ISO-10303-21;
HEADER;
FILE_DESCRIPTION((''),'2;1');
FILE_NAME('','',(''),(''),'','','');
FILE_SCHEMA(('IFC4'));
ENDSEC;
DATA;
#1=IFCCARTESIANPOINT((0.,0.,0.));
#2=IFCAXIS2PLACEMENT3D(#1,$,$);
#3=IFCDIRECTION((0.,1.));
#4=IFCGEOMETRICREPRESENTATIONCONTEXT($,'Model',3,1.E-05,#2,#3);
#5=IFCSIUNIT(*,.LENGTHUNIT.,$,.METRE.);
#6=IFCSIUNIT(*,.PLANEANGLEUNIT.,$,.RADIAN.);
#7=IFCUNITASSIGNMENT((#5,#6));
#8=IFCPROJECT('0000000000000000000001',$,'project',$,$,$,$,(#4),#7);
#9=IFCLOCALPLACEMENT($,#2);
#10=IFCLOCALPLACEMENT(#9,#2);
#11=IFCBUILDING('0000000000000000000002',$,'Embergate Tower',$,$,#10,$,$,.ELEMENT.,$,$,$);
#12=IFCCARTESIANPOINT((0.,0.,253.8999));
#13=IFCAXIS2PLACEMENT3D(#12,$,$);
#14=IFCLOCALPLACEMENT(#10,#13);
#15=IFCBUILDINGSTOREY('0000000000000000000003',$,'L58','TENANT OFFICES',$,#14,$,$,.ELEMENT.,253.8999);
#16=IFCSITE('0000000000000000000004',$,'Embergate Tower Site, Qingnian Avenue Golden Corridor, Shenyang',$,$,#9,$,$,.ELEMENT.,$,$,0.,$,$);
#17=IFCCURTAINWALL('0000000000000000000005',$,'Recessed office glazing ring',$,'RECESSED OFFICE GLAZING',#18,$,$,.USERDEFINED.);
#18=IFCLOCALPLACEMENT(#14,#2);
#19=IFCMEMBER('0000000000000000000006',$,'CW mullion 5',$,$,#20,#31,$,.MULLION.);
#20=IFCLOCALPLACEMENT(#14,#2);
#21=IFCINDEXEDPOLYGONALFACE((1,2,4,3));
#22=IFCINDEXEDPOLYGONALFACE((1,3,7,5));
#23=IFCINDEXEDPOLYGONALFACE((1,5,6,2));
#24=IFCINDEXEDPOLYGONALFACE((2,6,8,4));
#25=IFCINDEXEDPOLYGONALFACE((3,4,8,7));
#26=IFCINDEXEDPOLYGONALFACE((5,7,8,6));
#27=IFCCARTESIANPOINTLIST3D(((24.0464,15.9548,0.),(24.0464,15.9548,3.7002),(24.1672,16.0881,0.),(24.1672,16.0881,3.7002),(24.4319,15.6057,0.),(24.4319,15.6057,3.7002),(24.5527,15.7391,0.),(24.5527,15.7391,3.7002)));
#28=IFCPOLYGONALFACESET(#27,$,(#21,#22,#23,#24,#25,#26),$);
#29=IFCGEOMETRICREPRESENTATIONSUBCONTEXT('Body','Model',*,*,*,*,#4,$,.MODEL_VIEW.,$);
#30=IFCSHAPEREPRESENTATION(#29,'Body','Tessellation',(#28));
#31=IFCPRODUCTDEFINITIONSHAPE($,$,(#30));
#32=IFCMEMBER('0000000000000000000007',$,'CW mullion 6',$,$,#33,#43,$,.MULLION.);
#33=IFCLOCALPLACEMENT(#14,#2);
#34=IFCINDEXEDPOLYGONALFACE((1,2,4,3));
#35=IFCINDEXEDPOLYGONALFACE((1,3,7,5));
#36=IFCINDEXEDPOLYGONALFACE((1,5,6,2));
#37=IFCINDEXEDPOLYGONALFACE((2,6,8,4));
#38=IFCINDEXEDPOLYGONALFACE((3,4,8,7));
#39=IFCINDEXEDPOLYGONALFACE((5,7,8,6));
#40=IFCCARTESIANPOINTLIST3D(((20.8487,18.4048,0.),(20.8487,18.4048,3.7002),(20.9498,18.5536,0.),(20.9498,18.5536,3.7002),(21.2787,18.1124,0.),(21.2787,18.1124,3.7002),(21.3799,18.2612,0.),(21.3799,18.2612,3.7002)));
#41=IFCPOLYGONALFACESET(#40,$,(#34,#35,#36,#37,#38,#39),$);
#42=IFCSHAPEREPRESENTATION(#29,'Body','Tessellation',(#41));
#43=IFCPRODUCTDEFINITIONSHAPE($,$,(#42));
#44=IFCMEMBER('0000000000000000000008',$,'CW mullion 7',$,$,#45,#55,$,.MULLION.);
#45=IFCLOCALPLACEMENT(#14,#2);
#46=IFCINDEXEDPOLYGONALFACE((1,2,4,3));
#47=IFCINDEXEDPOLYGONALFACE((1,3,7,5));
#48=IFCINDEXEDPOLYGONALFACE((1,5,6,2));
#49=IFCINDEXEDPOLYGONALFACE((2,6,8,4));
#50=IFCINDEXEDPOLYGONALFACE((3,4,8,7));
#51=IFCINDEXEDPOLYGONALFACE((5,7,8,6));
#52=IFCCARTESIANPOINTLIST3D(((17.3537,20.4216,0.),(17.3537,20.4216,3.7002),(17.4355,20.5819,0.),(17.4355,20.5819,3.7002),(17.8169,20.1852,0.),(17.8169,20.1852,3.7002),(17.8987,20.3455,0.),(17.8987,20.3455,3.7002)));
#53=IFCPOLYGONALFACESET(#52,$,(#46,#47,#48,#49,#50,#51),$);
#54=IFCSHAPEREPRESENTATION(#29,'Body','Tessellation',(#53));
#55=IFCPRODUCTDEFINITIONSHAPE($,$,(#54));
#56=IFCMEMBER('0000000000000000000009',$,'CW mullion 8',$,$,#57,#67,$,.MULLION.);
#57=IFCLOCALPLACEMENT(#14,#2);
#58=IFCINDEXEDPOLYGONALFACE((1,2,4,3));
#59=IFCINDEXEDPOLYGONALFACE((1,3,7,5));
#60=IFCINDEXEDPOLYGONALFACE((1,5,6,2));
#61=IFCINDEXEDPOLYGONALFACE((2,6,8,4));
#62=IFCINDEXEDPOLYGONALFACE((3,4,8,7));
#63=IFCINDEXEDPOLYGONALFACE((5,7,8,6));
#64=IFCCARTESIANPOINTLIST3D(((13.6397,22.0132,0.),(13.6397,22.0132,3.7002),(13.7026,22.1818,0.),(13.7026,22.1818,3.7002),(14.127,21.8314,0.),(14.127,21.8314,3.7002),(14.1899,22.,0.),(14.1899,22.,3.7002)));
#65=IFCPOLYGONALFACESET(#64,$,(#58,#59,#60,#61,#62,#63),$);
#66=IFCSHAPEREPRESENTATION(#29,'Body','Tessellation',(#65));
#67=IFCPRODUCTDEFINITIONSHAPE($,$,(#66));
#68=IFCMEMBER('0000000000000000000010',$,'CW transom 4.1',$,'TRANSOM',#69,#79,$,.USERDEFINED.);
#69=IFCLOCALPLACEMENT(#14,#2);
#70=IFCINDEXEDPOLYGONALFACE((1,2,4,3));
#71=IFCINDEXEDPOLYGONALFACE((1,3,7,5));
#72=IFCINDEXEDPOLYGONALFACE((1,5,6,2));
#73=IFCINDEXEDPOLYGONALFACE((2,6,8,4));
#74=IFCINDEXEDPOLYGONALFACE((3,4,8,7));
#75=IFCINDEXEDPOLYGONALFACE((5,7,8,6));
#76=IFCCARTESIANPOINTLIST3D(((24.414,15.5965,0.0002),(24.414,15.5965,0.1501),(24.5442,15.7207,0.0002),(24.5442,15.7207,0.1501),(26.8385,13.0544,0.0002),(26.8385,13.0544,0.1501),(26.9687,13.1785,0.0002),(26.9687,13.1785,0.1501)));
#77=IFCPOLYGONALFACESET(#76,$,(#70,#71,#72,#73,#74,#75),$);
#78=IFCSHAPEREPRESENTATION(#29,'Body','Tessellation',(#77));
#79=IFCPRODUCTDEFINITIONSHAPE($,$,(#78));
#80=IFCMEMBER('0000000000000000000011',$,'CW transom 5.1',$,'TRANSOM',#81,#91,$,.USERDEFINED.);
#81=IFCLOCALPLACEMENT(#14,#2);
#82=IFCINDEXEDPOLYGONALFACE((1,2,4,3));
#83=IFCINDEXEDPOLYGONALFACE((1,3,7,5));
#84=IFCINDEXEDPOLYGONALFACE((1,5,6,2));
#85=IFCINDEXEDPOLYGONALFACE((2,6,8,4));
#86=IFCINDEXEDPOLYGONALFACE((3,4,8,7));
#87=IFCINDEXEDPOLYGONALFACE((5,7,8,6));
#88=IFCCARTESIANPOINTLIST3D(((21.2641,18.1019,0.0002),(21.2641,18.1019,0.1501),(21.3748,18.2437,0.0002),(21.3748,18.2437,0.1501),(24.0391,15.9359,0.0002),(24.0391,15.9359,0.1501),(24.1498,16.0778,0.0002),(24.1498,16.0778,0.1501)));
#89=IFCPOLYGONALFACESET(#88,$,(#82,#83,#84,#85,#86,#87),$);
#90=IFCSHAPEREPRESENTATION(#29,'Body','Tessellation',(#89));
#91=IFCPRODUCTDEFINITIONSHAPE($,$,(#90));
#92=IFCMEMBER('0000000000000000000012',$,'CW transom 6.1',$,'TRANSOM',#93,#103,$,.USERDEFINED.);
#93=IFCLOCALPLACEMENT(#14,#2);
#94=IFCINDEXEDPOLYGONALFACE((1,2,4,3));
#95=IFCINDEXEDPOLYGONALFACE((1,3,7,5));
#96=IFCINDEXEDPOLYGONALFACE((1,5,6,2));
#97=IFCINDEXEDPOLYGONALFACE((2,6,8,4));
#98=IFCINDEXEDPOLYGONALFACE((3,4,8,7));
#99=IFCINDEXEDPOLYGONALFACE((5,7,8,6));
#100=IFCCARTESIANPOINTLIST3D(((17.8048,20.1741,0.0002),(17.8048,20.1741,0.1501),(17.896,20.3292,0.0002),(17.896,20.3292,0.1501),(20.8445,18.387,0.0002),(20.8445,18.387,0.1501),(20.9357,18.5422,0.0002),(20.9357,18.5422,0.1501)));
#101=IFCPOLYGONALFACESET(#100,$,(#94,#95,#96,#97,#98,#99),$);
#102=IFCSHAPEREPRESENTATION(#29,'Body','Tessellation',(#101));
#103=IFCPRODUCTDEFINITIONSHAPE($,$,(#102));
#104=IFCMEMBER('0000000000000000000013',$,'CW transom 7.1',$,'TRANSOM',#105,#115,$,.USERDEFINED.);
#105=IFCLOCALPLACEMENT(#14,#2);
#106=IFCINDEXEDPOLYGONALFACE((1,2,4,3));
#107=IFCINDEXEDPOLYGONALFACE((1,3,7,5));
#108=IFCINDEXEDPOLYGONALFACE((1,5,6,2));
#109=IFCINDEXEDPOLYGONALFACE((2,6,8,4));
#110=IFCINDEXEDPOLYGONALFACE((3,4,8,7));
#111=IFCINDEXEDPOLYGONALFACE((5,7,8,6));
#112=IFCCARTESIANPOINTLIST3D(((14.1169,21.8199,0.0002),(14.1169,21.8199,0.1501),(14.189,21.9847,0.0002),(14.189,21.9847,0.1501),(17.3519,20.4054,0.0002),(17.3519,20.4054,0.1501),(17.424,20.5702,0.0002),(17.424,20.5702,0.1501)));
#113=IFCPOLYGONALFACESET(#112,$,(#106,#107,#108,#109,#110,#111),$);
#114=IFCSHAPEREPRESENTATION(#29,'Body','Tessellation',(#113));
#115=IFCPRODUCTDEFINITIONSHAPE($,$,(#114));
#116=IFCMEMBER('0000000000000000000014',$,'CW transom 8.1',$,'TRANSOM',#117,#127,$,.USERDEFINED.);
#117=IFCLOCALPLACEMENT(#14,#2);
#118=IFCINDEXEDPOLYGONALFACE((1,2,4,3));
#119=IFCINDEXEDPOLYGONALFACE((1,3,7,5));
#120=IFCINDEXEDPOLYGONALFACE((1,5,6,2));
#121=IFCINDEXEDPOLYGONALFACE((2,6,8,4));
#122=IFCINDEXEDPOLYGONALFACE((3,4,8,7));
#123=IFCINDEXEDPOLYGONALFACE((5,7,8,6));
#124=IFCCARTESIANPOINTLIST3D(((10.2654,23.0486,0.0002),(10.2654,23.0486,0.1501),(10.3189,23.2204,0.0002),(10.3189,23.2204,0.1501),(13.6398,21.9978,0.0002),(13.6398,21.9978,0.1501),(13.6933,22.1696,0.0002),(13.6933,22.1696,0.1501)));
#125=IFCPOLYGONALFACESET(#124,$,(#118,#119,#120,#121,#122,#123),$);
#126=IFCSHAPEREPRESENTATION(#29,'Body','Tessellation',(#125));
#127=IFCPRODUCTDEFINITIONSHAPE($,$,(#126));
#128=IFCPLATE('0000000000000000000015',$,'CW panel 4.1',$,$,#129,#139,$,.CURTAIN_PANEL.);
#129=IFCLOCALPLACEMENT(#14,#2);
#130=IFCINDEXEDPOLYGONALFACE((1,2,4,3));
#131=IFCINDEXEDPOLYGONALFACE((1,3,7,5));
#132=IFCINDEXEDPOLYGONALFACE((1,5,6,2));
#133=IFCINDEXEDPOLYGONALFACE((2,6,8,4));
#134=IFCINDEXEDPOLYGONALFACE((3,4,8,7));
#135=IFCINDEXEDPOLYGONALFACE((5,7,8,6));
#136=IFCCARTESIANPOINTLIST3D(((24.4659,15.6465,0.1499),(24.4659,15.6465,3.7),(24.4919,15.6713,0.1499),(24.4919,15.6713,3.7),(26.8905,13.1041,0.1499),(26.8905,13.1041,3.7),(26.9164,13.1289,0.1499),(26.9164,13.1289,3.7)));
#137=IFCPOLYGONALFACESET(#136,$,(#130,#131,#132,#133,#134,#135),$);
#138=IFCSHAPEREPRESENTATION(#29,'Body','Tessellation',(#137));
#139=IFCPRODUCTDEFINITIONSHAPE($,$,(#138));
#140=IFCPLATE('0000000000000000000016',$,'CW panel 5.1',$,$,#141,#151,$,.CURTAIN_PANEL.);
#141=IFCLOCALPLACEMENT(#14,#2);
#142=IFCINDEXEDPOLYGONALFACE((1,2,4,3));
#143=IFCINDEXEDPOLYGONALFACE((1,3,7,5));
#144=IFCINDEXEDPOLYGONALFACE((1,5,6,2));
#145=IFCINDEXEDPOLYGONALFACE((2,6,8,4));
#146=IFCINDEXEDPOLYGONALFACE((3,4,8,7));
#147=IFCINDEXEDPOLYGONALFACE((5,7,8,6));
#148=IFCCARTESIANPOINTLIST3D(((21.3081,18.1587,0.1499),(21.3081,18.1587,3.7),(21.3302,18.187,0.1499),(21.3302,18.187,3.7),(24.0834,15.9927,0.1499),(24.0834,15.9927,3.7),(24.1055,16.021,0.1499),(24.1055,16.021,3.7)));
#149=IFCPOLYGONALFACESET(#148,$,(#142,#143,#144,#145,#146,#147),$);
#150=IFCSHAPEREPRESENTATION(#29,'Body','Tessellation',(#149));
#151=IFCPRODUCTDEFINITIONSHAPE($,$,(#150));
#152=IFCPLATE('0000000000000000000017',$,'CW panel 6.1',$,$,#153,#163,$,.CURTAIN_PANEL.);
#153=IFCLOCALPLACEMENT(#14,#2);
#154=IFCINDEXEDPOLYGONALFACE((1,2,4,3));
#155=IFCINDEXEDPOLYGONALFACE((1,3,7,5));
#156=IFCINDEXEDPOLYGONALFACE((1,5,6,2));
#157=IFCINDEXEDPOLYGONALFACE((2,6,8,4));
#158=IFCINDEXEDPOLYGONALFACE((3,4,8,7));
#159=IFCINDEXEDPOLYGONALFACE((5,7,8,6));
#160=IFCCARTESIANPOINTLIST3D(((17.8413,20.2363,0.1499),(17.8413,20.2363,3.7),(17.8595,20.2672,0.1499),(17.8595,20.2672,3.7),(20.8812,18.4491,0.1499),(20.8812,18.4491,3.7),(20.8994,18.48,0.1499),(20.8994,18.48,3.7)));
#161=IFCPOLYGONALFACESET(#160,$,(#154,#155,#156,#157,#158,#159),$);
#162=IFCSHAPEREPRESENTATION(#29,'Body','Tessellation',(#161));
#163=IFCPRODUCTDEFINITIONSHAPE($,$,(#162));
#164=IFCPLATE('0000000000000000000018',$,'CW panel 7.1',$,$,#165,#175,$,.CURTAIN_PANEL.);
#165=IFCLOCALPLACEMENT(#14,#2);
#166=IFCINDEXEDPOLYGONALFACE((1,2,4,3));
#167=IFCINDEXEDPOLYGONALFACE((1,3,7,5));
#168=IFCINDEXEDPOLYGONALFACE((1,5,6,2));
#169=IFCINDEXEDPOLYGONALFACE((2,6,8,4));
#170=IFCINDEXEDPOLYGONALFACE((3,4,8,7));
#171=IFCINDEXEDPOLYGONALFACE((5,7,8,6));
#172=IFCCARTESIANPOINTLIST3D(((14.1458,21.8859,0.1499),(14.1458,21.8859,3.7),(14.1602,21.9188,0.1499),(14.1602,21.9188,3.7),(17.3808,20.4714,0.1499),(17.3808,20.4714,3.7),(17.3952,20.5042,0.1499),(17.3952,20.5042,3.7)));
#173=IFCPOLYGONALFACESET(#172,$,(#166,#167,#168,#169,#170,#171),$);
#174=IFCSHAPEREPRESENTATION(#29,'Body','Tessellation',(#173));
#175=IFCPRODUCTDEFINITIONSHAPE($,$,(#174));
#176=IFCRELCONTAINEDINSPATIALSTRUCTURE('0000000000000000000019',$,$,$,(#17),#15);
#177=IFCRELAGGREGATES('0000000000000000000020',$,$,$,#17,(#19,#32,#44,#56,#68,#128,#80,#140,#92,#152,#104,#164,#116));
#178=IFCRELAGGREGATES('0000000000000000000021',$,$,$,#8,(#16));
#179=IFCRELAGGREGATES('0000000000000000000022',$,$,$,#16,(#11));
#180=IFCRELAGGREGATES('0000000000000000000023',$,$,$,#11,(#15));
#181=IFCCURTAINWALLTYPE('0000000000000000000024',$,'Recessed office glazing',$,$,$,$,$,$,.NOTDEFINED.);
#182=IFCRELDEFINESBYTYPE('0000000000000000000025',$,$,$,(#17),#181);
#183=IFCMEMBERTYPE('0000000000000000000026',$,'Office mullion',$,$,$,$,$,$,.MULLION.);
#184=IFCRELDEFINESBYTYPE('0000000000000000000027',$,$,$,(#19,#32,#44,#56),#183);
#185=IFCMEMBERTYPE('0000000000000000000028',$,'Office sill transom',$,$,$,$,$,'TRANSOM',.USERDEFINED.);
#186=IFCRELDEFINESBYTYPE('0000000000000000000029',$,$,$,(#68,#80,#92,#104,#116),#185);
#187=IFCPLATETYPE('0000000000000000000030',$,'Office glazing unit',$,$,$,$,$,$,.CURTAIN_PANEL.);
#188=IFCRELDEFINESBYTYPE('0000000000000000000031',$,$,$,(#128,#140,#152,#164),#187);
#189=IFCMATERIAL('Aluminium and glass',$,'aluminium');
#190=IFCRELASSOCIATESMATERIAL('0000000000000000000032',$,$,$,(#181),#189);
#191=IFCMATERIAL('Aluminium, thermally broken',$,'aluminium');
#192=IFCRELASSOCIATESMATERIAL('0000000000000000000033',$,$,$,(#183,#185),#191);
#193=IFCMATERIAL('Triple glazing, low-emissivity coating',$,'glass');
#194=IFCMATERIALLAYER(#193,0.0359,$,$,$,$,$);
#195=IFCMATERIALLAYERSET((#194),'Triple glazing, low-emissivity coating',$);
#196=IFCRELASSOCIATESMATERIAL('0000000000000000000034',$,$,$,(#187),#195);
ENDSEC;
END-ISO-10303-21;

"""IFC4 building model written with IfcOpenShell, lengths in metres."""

from ifc_helpers import new_model, si_unit, direction, frame, origin, origin_2d, place, context, subcontext, project, spatial, rectangle, extrude, source, transform, mapped, material, layer, layer_set, material_profile, profile_set, type_object, element, aggregate, save


model = new_model("IFC4")

# Units and contexts
model_context = context("Model", 3, precision=1e-05, world=origin(), true_north=direction((0.0, 1.0)))
body_context = subcontext(model_context, "Body", "Model", "MODEL_VIEW")
ifc_project = project(units=[si_unit("LENGTHUNIT", "METRE"), si_unit("PLANEANGLEUNIT", "RADIAN")], contexts=[model_context])

# Site, building, storey
site_placement = place(None, origin())
site = spatial("IfcSite", under=ifc_project, at=site_placement, Name="Embergate Tower Site, Qingnian Avenue Golden Corridor, Shenyang", CompositionType="ELEMENT", RefElevation=0.0)
building_placement = place(site_placement, origin())
building = spatial("IfcBuilding", under=site, at=building_placement, Name="Embergate Tower", CompositionType="ELEMENT")
storey_placement = place(building_placement, frame((0.0, 0.0, 253.8999)))
storey = spatial("IfcBuildingStorey", under=building, at=storey_placement, Name="L58", Description="TENANT OFFICES", CompositionType="ELEMENT", Elevation=253.8999)

# Curtain wall, members, plates
ifc_material_1 = material(Name="Aluminium and glass", Category="aluminium")
curtain_wall_type = type_object("IfcCurtainWallType", Name="Recessed office glazing", PredefinedType="NOTDEFINED", material=ifc_material_1)
curtain_wall_placement = place(storey_placement, origin())
curtain_wall = element("IfcCurtainWall", 1, at=curtain_wall_placement, inside=storey, type_object=curtain_wall_type, Name="Recessed office glazing ring", ObjectType="RECESSED OFFICE GLAZING", PredefinedType="USERDEFINED")
ifc_material_2 = material(Name="Aluminium, thermally broken", Category="aluminium")
ifc_material_profile_1 = material_profile(ifc_material_2, rectangle(XDim=0.1799, YDim=0.52, at=origin_2d()), Name="AL 520x180")
ifc_profile_set_1 = profile_set([ifc_material_profile_1], Name="Aluminium, thermally broken")
member_type_1 = type_object("IfcMemberType", Name="Office mullion", PredefinedType="MULLION", material=ifc_profile_set_1)
shared_shape_1 = source(origin(), body_context, "Body", "SweptSolid", [
    extrude(rectangle(XDim=0.1799, YDim=0.52, at=origin_2d()), origin(), (0.0, 0.0, 1.0), 3.7002),
])
member_1_placement = place(storey_placement, frame((24.2996, 15.8469, 0.0), z_axis=(0.0, 0.0, 1.0), x_axis=(-0.671217, -0.74126, 0.0)))
member_1 = element("IfcMember", 2, at=member_1_placement, type_object=member_type_1, Name="CW mullion 5", PredefinedType="MULLION", context=body_context, shape_type="MappedRepresentation", body=[
    mapped(shared_shape_1, transform((0.0, 0.0, 0.0))),
])
member_2_placement = place(storey_placement, frame((21.1143, 18.333, 0.0), z_axis=(0.0, 0.0, 1.0), x_axis=(-0.562209, -0.826995, 0.0)))
member_2 = element("IfcMember", 3, at=member_2_placement, type_object=member_type_1, Name="CW mullion 6", PredefinedType="MULLION", context=body_context, shape_type="MappedRepresentation", body=[
    mapped(shared_shape_1, transform((0.0, 0.0, 0.0))),
])
member_3_placement = place(storey_placement, frame((17.6262, 20.3835, 0.0), z_axis=(0.0, 0.0, 1.0), x_axis=(-0.454505, -0.890744, 0.0)))
member_3 = element("IfcMember", 4, at=member_3_placement, type_object=member_type_1, Name="CW mullion 7", PredefinedType="MULLION", context=body_context, shape_type="MappedRepresentation", body=[
    mapped(shared_shape_1, transform((0.0, 0.0, 0.0))),
])
member_4_placement = place(storey_placement, frame((13.9148, 22.0066, 0.0), z_axis=(0.0, 0.0, 1.0), x_axis=(-0.349498, -0.936937, 0.0)))
member_4 = element("IfcMember", 5, at=member_4_placement, type_object=member_type_1, Name="CW mullion 8", PredefinedType="MULLION", context=body_context, shape_type="MappedRepresentation", body=[
    mapped(shared_shape_1, transform((0.0, 0.0, 0.0))),
])
ifc_material_profile_2 = material_profile(ifc_material_2, rectangle(XDim=0.1799, YDim=0.1499, at=origin_2d()), Name="AL 150x180")
ifc_profile_set_2 = profile_set([ifc_material_profile_2], Name="Aluminium, thermally broken")
member_type_2 = type_object("IfcMemberType", Name="Office sill transom", ElementType="TRANSOM", PredefinedType="USERDEFINED", material=ifc_profile_set_2)
shared_shape_2 = source(origin(), body_context, "Body", "SweptSolid", [
    extrude(rectangle(XDim=0.1799, YDim=0.1499, at=origin_2d()), origin(), (0.0, 0.0, 1.0), 3.5129),
])
member_5_placement = place(storey_placement, frame((26.9036, 13.1165, 0.0752), z_axis=(-0.69016, 0.723657, 0.0), x_axis=(-0.723657, -0.69016, 0.0)))
member_5 = element("IfcMember", 6, at=member_5_placement, type_object=member_type_2, Name="CW transom 4.1", ObjectType="TRANSOM", PredefinedType="USERDEFINED", context=body_context, shape_type="MappedRepresentation", body=[
    mapped(shared_shape_2, transform((0.0, 0.0, 0.0))),
])
shared_shape_3 = source(origin(), body_context, "Body", "SweptSolid", [
    extrude(rectangle(XDim=0.1799, YDim=0.1499, at=origin_2d()), origin(), (0.0, 0.0, 1.0), 3.5203),
])
member_6_placement = place(storey_placement, frame((24.0945, 16.0068, 0.0752), z_axis=(-0.788309, 0.615279, 0.0), x_axis=(-0.615279, -0.788309, 0.0)))
member_6 = element("IfcMember", 7, at=member_6_placement, type_object=member_type_2, Name="CW transom 5.1", ObjectType="TRANSOM", PredefinedType="USERDEFINED", context=body_context, shape_type="MappedRepresentation", body=[
    mapped(shared_shape_3, transform((0.0, 0.0, 0.0))),
])
shared_shape_4 = source(origin(), body_context, "Body", "SweptSolid", [
    extrude(rectangle(XDim=0.1799, YDim=0.1499, at=origin_2d()), origin(), (0.0, 0.0, 1.0), 3.5261),
])
member_7_placement = place(storey_placement, frame((20.8901, 18.4646, 0.0752), z_axis=(-0.862059, 0.506808, 0.0), x_axis=(-0.506808, -0.862059, 0.0)))
member_7 = element("IfcMember", 8, at=member_7_placement, type_object=member_type_2, Name="CW transom 6.1", ObjectType="TRANSOM", PredefinedType="USERDEFINED", context=body_context, shape_type="MappedRepresentation", body=[
    mapped(shared_shape_4, transform((0.0, 0.0, 0.0))),
])
shared_shape_5 = source(origin(), body_context, "Body", "SweptSolid", [
    extrude(rectangle(XDim=0.1799, YDim=0.1499, at=origin_2d()), origin(), (0.0, 0.0, 1.0), 3.5308),
])
member_8_placement = place(storey_placement, frame((17.3879, 20.4878, 0.0752), z_axis=(-0.916241, 0.400627, 0.0), x_axis=(-0.400627, -0.916241, 0.0)))
member_8 = element("IfcMember", 9, at=member_8_placement, type_object=member_type_2, Name="CW transom 7.1", ObjectType="TRANSOM", PredefinedType="USERDEFINED", context=body_context, shape_type="MappedRepresentation", body=[
    mapped(shared_shape_5, transform((0.0, 0.0, 0.0))),
])
shared_shape_6 = source(origin(), body_context, "Body", "SweptSolid", [
    extrude(rectangle(XDim=0.1799, YDim=0.1499, at=origin_2d()), origin(), (0.0, 0.0, 1.0), 3.5342),
])
member_9_placement = place(storey_placement, frame((13.6665, 22.0837, 0.0752), z_axis=(-0.954776, 0.297327, 0.0), x_axis=(-0.297327, -0.954776, 0.0)))
member_9 = element("IfcMember", 10, at=member_9_placement, type_object=member_type_2, Name="CW transom 8.1", ObjectType="TRANSOM", PredefinedType="USERDEFINED", context=body_context, shape_type="MappedRepresentation", body=[
    mapped(shared_shape_6, transform((0.0, 0.0, 0.0))),
])
ifc_material_3 = material(Name="Triple glazing, low-emissivity coating", Category="glass")
ifc_layer_1 = layer(ifc_material_3, 0.0359)
ifc_layer_set_1 = layer_set([ifc_layer_1], Name="Triple glazing, low-emissivity coating")
plate_type = type_object("IfcPlateType", Name="Office glazing unit", PredefinedType="CURTAIN_PANEL", material=ifc_layer_set_1)
shared_shape_7 = source(origin(), body_context, "Body", "SweptSolid", [
    extrude(rectangle(XDim=3.5132, YDim=0.0359, at=origin_2d()), origin(), (0.0, 0.0, 1.0), 3.55),
])
plate_1_placement = place(storey_placement, frame((25.6912, 14.3877, 0.1499), z_axis=(0.0, 0.0, 1.0), x_axis=(-0.690138, 0.723678, 0.0)))
plate_1 = element("IfcPlate", 11, at=plate_1_placement, type_object=plate_type, Name="CW panel 4.1", PredefinedType="CURTAIN_PANEL", context=body_context, shape_type="MappedRepresentation", body=[
    mapped(shared_shape_7, transform((0.0, 0.0, 0.0))),
])
shared_shape_8 = source(origin(), body_context, "Body", "SweptSolid", [
    extrude(rectangle(XDim=3.5205, YDim=0.0359, at=origin_2d()), origin(), (0.0, 0.0, 1.0), 3.55),
])
plate_2_placement = place(storey_placement, frame((22.7068, 17.0898, 0.1499), z_axis=(0.0, 0.0, 1.0), x_axis=(-0.788322, 0.615263, 0.0)))
plate_2 = element("IfcPlate", 12, at=plate_2_placement, type_object=plate_type, Name="CW panel 5.1", PredefinedType="CURTAIN_PANEL", context=body_context, shape_type="MappedRepresentation", body=[
    mapped(shared_shape_8, transform((0.0, 0.0, 0.0))),
])
shared_shape_9 = source(origin(), body_context, "Body", "SweptSolid", [
    extrude(rectangle(XDim=3.5264, YDim=0.0359, at=origin_2d()), origin(), (0.0, 0.0, 1.0), 3.55),
])
plate_3_placement = place(storey_placement, frame((19.3704, 19.3582, 0.1499), z_axis=(0.0, 0.0, 1.0), x_axis=(-0.862055, 0.506815, 0.0)))
plate_3 = element("IfcPlate", 13, at=plate_3_placement, type_object=plate_type, Name="CW panel 6.1", PredefinedType="CURTAIN_PANEL", context=body_context, shape_type="MappedRepresentation", body=[
    mapped(shared_shape_9, transform((0.0, 0.0, 0.0))),
])
shared_shape_10 = source(origin(), body_context, "Body", "SweptSolid", [
    extrude(rectangle(XDim=3.5308, YDim=0.0359, at=origin_2d()), origin(), (0.0, 0.0, 1.0), 3.55),
])
plate_4_placement = place(storey_placement, frame((15.7705, 21.1951, 0.1499), z_axis=(0.0, 0.0, 1.0), x_axis=(-0.916237, 0.400637, 0.0)))
plate_4 = element("IfcPlate", 14, at=plate_4_placement, type_object=plate_type, Name="CW panel 7.1", PredefinedType="CURTAIN_PANEL", context=body_context, shape_type="MappedRepresentation", body=[
    mapped(shared_shape_10, transform((0.0, 0.0, 0.0))),
])
aggregate(curtain_wall, [member_1, member_2, member_3, member_4, member_5, plate_1, member_6, plate_2, member_7, plate_3, member_8, plate_4, member_9])

save(model, "model.ifc")
